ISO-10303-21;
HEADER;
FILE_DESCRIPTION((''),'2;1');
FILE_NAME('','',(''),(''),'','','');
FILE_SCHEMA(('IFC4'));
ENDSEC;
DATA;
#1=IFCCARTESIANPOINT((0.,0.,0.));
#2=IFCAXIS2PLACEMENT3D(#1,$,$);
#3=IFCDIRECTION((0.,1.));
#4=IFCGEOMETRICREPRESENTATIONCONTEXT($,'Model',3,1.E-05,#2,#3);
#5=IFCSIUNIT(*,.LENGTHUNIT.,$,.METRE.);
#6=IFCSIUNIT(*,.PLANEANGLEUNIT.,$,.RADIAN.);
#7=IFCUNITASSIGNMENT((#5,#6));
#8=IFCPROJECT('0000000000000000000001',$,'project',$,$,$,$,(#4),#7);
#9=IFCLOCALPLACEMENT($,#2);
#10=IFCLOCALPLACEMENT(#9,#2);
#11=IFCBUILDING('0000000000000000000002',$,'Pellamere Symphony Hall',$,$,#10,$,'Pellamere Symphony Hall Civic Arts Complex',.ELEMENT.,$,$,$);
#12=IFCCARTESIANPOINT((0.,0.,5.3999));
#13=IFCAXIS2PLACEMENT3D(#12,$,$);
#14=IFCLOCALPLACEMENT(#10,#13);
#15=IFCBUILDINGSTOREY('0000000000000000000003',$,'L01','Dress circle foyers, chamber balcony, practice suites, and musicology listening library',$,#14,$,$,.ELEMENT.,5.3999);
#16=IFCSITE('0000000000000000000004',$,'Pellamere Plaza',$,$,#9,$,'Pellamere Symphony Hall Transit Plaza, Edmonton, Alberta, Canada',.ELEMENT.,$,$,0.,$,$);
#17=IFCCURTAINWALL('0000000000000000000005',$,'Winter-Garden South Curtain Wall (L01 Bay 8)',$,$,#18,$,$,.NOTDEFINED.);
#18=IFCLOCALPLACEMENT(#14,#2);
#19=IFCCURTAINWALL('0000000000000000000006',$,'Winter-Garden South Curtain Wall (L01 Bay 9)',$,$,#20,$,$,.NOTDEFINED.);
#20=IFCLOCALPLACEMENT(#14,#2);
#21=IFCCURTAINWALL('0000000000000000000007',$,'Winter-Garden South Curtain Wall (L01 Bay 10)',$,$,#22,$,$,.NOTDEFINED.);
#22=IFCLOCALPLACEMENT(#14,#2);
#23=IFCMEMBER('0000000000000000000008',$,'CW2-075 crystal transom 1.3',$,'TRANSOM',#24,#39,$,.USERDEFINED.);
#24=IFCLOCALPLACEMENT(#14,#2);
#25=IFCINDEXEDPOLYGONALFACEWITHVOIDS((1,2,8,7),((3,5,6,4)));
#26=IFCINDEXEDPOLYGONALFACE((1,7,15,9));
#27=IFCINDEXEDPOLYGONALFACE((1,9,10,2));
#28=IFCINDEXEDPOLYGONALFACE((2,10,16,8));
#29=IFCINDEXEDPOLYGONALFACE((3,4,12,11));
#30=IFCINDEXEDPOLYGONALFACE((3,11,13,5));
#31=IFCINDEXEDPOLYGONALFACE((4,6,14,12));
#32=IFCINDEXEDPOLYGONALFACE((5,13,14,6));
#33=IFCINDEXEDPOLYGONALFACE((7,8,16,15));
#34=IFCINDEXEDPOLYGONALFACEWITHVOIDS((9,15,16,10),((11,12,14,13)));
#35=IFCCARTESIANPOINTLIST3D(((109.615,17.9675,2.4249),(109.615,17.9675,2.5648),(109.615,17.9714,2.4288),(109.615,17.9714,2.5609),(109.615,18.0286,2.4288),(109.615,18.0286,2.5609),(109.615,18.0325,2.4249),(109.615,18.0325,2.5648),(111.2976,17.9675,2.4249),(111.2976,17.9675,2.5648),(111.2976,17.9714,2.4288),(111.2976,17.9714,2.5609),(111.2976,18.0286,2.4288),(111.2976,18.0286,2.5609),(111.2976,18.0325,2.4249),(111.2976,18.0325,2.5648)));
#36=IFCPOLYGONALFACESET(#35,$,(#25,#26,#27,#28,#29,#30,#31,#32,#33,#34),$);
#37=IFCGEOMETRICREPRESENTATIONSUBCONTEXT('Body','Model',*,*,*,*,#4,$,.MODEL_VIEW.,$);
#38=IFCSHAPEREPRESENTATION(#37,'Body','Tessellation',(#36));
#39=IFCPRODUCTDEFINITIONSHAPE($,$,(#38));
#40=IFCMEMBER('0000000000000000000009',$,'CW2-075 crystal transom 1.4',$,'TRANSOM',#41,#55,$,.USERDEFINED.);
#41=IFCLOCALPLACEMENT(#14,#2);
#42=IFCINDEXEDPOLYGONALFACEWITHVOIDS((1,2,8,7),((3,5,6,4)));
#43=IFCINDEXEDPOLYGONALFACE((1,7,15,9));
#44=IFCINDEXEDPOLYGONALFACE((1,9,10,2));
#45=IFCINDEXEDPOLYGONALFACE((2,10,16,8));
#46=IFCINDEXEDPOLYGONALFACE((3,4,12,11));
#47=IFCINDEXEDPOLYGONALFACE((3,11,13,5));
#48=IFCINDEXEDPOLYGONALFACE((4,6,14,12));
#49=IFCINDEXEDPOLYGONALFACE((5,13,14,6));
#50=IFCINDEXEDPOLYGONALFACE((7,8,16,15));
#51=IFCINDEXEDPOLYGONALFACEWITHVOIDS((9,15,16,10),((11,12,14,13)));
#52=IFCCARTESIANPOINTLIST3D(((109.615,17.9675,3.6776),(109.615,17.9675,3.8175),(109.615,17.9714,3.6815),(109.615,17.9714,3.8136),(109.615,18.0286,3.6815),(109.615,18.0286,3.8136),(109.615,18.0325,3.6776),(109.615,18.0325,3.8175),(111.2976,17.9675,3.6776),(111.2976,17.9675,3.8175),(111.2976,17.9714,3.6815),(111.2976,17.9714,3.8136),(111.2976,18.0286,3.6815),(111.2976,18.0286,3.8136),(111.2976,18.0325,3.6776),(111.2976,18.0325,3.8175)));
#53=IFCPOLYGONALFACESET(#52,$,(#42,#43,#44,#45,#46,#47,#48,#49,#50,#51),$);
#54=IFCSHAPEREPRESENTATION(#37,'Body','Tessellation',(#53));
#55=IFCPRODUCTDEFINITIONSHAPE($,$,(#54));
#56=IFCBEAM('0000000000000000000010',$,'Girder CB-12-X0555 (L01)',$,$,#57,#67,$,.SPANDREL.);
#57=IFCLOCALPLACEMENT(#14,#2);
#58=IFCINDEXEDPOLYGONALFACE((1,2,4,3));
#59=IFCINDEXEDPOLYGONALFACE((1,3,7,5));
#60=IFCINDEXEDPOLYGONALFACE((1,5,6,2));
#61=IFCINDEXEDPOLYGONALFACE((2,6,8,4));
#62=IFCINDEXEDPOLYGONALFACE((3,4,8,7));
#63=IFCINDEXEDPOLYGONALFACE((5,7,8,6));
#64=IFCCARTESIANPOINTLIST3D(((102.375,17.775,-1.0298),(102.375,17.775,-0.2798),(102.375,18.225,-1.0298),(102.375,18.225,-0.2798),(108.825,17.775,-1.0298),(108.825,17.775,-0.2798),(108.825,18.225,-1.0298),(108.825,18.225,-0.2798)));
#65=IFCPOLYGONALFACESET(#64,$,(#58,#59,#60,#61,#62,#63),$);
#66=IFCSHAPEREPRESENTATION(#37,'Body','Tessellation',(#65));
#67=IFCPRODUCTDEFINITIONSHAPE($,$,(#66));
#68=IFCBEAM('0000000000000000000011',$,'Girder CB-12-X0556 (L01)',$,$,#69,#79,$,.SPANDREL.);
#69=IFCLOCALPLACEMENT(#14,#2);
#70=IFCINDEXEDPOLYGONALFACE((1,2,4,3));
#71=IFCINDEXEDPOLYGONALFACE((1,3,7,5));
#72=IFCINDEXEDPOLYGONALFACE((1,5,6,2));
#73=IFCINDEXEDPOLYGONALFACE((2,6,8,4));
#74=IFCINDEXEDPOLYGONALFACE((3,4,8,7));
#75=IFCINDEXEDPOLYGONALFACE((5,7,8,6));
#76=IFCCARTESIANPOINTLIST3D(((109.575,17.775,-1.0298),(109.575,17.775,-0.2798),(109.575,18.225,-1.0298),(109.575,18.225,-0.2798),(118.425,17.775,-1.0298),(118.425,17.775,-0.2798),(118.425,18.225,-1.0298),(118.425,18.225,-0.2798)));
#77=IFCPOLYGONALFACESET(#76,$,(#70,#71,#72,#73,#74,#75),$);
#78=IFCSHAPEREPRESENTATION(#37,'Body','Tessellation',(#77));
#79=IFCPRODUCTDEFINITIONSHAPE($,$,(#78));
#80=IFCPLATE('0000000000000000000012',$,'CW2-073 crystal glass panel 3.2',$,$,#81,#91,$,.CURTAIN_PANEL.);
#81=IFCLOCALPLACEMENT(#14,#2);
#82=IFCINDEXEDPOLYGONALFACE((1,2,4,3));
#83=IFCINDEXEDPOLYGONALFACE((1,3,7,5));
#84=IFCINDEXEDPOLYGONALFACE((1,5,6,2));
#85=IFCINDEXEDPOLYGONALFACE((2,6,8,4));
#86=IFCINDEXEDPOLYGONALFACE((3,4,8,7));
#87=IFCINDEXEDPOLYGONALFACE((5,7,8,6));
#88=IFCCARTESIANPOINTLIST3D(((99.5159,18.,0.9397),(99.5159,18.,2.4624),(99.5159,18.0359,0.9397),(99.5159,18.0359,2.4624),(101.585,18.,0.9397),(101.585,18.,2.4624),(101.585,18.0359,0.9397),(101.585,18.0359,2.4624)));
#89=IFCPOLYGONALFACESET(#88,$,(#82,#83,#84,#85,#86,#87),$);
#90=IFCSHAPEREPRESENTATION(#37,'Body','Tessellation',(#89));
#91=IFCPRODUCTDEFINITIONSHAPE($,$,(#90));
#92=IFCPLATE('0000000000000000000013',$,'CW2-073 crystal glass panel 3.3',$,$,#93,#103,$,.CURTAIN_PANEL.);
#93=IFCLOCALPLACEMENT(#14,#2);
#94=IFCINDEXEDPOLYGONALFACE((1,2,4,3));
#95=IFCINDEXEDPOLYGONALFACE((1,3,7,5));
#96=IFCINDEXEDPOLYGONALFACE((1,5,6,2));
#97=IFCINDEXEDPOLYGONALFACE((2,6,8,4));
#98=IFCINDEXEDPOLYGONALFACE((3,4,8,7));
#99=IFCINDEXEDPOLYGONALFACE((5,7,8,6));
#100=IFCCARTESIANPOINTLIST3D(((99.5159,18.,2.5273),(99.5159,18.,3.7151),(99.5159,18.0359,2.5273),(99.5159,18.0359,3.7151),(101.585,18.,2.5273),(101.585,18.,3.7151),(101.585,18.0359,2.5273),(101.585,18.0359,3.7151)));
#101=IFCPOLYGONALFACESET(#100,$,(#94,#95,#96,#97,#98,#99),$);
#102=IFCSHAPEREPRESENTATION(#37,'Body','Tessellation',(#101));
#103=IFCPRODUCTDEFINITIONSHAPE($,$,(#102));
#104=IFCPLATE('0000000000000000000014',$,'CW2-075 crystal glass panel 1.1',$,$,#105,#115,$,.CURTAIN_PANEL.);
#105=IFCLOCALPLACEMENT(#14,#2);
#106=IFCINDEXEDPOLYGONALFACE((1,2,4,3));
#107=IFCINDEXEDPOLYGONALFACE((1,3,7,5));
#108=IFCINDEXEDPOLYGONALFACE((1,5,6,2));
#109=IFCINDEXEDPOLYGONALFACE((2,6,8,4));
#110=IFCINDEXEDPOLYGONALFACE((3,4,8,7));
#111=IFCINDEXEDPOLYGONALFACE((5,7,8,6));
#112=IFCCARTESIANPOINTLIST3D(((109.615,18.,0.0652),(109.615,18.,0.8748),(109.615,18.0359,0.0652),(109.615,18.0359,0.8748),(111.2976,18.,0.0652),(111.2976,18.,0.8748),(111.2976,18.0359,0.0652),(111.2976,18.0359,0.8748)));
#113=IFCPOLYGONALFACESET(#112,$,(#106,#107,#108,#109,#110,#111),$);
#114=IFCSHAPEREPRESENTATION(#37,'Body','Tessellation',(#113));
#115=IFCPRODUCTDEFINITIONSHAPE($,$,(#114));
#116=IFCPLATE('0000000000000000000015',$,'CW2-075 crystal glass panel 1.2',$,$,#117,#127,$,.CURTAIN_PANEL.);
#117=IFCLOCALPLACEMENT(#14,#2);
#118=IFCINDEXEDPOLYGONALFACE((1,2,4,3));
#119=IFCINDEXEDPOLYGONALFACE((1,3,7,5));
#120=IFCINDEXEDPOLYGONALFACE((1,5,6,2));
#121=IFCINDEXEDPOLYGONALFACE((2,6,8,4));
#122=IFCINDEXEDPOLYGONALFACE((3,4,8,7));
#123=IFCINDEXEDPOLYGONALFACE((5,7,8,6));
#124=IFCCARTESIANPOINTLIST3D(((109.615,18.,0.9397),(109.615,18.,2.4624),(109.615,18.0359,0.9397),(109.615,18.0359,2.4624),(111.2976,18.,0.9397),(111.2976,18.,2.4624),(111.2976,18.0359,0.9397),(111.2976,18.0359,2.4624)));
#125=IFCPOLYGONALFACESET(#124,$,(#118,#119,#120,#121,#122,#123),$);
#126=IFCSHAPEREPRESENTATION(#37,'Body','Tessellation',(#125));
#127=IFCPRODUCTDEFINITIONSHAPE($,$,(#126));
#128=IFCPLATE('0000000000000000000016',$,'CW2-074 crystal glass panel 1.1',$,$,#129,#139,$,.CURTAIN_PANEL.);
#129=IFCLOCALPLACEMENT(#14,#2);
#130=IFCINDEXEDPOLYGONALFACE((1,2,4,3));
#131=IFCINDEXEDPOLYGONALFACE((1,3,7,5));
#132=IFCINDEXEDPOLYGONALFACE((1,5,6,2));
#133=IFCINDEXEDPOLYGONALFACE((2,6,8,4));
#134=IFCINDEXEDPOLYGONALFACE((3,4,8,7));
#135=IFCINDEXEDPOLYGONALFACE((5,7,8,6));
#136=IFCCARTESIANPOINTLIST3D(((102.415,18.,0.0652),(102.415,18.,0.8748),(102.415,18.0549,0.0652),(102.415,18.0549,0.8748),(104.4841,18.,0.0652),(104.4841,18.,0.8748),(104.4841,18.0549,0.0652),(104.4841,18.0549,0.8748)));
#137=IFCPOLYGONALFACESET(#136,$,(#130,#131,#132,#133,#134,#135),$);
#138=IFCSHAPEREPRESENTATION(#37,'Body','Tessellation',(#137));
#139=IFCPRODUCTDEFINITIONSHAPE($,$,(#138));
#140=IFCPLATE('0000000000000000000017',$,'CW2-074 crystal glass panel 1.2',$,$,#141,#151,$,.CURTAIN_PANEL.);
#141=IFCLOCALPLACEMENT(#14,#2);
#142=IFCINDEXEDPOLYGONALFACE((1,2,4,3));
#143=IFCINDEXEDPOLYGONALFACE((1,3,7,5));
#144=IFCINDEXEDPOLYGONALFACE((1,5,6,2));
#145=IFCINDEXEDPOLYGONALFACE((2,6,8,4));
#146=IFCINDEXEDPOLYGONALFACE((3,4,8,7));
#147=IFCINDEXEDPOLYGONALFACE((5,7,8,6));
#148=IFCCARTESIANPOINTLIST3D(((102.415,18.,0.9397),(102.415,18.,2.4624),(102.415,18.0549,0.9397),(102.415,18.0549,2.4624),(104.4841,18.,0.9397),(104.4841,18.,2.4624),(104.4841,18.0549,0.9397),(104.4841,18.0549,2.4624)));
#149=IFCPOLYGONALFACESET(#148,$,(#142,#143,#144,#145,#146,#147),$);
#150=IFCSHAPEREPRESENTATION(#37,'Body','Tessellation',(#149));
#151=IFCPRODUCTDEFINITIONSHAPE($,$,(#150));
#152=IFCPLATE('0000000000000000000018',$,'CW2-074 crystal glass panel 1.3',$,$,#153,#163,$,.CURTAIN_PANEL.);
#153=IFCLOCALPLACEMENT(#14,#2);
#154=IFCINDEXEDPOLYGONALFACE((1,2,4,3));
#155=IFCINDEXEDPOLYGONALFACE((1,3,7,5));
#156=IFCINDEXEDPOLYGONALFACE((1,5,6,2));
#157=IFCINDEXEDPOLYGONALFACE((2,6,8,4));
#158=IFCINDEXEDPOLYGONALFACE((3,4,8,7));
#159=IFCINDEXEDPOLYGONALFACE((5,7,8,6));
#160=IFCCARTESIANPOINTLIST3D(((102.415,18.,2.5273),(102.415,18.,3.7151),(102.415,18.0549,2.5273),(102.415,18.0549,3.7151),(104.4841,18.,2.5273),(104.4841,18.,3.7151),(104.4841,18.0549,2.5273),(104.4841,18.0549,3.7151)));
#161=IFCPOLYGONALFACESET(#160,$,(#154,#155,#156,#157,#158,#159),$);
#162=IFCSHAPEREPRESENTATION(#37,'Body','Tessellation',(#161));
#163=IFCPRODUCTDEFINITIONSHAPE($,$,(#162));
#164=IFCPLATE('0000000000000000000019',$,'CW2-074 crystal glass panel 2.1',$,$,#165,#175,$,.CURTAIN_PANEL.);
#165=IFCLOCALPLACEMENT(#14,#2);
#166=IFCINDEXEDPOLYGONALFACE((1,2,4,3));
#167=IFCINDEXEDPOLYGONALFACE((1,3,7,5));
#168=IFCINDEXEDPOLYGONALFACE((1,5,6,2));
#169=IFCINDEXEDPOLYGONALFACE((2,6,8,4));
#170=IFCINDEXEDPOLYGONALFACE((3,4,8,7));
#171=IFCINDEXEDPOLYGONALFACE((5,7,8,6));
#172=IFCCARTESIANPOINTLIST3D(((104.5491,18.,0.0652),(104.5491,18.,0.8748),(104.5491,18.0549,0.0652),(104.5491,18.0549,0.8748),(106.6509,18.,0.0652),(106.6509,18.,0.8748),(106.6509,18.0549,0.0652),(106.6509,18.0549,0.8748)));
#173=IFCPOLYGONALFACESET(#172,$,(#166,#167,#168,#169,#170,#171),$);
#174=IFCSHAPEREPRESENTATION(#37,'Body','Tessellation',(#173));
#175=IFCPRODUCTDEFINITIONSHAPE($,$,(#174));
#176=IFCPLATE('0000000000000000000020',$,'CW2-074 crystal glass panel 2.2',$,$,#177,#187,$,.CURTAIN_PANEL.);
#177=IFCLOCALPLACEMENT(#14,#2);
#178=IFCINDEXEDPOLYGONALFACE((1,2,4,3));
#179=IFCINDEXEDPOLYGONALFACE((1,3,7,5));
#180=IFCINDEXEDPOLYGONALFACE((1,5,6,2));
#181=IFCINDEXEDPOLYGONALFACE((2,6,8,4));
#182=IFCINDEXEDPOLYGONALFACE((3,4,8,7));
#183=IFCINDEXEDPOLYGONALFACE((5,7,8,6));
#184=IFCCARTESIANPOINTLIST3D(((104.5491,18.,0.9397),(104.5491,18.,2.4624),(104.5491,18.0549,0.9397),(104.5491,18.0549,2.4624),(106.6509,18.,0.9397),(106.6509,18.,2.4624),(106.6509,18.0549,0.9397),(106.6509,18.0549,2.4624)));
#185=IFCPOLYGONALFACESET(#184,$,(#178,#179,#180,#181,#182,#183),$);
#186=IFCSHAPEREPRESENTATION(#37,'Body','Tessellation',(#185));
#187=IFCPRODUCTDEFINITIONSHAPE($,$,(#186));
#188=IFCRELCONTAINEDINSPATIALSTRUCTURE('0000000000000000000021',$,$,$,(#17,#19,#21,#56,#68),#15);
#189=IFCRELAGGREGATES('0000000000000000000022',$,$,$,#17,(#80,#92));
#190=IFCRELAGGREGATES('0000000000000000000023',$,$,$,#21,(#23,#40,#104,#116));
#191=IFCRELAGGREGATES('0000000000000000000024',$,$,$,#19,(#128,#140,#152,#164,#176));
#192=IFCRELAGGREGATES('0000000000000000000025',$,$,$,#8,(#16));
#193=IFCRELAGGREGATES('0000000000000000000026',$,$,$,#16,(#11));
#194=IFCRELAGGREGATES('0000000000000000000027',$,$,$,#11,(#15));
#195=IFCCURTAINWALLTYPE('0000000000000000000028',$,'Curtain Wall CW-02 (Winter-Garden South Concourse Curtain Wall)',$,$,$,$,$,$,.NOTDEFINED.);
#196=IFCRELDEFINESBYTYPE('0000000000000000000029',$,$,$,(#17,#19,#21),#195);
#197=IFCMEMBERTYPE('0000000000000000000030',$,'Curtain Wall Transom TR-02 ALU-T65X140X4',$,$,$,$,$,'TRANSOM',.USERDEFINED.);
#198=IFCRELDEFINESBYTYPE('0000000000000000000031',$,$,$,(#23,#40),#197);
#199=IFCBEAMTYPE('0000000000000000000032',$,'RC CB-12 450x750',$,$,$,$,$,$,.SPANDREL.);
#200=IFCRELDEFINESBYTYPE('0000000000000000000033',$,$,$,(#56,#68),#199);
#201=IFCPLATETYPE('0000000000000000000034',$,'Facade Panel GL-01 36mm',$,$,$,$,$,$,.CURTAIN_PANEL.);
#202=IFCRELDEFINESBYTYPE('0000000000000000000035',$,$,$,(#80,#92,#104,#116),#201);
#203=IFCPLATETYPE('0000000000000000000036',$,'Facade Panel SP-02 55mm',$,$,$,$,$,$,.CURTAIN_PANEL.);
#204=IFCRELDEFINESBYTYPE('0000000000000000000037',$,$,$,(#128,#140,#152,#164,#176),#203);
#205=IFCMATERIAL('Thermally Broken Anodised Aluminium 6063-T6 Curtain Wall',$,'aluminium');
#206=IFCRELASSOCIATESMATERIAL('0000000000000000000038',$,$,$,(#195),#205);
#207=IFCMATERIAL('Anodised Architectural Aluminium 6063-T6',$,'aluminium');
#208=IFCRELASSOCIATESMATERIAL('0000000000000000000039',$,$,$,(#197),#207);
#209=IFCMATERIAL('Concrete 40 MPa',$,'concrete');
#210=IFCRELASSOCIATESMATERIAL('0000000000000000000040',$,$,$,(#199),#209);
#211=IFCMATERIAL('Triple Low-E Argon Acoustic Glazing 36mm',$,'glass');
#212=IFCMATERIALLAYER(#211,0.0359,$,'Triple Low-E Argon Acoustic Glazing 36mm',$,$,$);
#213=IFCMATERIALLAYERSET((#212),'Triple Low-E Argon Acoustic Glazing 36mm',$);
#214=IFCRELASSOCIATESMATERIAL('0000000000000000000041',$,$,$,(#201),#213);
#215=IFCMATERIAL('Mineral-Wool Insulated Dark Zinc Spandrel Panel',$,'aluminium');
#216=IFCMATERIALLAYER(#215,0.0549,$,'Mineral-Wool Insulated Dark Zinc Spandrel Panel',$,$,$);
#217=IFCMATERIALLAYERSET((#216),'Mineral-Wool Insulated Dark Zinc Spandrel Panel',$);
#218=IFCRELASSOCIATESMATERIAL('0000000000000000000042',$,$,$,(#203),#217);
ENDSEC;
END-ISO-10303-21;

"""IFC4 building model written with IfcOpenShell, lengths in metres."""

from ifc_helpers import new_model, si_unit, direction, frame, origin, origin_2d, place, context, subcontext, project, spatial, polyline, rectangle, hollow_rectangle, outline, extrude, material, layer, layer_set, material_profile, profile_set, type_object, element, aggregate, save


model = new_model("IFC4")

# Units and contexts
model_context = context("Model", 3, precision=1e-05, world=origin(), true_north=direction((0.0, 1.0)))
body_context = subcontext(model_context, "Body", "Model", "MODEL_VIEW")
ifc_project = project(units=[si_unit("LENGTHUNIT", "METRE"), si_unit("PLANEANGLEUNIT", "RADIAN")], contexts=[model_context])

# Site, building, storey
site_placement = place(None, origin())
site = spatial("IfcSite", under=ifc_project, at=site_placement, Name="Pellamere Plaza", LongName="Pellamere Symphony Hall Transit Plaza, Edmonton, Alberta, Canada", CompositionType="ELEMENT", RefElevation=0.0)
building_placement = place(site_placement, origin())
building = spatial("IfcBuilding", under=site, at=building_placement, Name="Pellamere Symphony Hall", LongName="Pellamere Symphony Hall Civic Arts Complex", CompositionType="ELEMENT")
storey_placement = place(building_placement, frame((0.0, 0.0, 5.3999)))
storey = spatial("IfcBuildingStorey", under=building, at=storey_placement, Name="L01", Description="Dress circle foyers, chamber balcony, practice suites, and musicology listening library", CompositionType="ELEMENT", Elevation=5.3999)

# Shared definitions
ifc_material_1 = material(Name="Concrete 40 MPa", Category="concrete")

# Curtain wall
ifc_material_2 = material(Name="Thermally Broken Anodised Aluminium 6063-T6 Curtain Wall", Category="aluminium")
curtain_wall_type = type_object("IfcCurtainWallType", Name="Curtain Wall CW-02 (Winter-Garden South Concourse Curtain Wall)", PredefinedType="NOTDEFINED", material=ifc_material_2)
curtain_wall_1_placement = place(storey_placement, origin())
curtain_wall_1 = element("IfcCurtainWall", 1, at=curtain_wall_1_placement, inside=storey, type_object=curtain_wall_type, Name="Winter-Garden South Curtain Wall (L01 Bay 8)", PredefinedType="NOTDEFINED")
ifc_material_3 = material(Name="Anodised Architectural Aluminium 6063-T6", Category="aluminium")

# Curtain wall
curtain_wall_2_placement = place(storey_placement, origin())
curtain_wall_2 = element("IfcCurtainWall", 2, at=curtain_wall_2_placement, inside=storey, type_object=curtain_wall_type, Name="Winter-Garden South Curtain Wall (L01 Bay 9)", PredefinedType="NOTDEFINED")

# Curtain wall
curtain_wall_3_placement = place(storey_placement, origin())
curtain_wall_3 = element("IfcCurtainWall", 3, at=curtain_wall_3_placement, inside=storey, type_object=curtain_wall_type, Name="Winter-Garden South Curtain Wall (L01 Bay 10)", PredefinedType="NOTDEFINED")

# Members
ifc_material_profile_1 = material_profile(ifc_material_3, hollow_rectangle(XDim=0.0649, YDim=0.1399, WallThickness=0.0039, at=origin_2d()), Name="ALU-T65X140X4")
ifc_profile_set_1 = profile_set([ifc_material_profile_1], Name="Anodised Architectural Aluminium 6063-T6")
member_type_1 = type_object("IfcMemberType", Name="Curtain Wall Transom TR-02 ALU-T65X140X4", ElementType="TRANSOM", PredefinedType="USERDEFINED", material=ifc_profile_set_1)
member_1_placement = place(storey_placement, frame((109.615, 18.0, 2.4949), z_axis=(1.0, 0.0, 0.0), x_axis=(0.0, 1.0, 0.0)))
member_1 = element("IfcMember", 4, at=member_1_placement, type_object=member_type_1, Name="CW2-075 crystal transom 1.3", ObjectType="TRANSOM", PredefinedType="USERDEFINED", context=body_context, shape_type="SweptSolid", body=[
    extrude(hollow_rectangle(XDim=0.0649, YDim=0.1399, WallThickness=0.0039, at=origin_2d()), origin(), (0.0, 0.0, 1.0), 1.6826),
])
member_2_placement = place(storey_placement, frame((109.615, 18.0, 3.7476), z_axis=(1.0, 0.0, 0.0), x_axis=(0.0, 1.0, 0.0)))
member_2 = element("IfcMember", 5, at=member_2_placement, type_object=member_type_1, Name="CW2-075 crystal transom 1.4", ObjectType="TRANSOM", PredefinedType="USERDEFINED", context=body_context, shape_type="SweptSolid", body=[
    extrude(hollow_rectangle(XDim=0.0649, YDim=0.1399, WallThickness=0.0039, at=origin_2d()), origin(), (0.0, 0.0, 1.0), 1.6826),
])

# Beams
ifc_material_profile_2 = material_profile(ifc_material_1, rectangle(XDim=0.45, YDim=0.75, at=origin_2d()), Name="RC 450x750")
ifc_profile_set_2 = profile_set([ifc_material_profile_2], Name="Concrete 40 MPa")
beam_type = type_object("IfcBeamType", Name="RC CB-12 450x750", PredefinedType="SPANDREL", material=ifc_profile_set_2)
beam_1_placement = place(storey_placement, frame((102.375, 18.0, -0.6548), z_axis=(1.0, 0.0, 0.0), x_axis=(0.0, 1.0, 0.0)))
element("IfcBeam", 6, at=beam_1_placement, inside=storey, type_object=beam_type, Name="Girder CB-12-X0555 (L01)", PredefinedType="SPANDREL", context=body_context, shape_type="SweptSolid", body=[
    extrude(rectangle(XDim=0.45, YDim=0.75, at=origin_2d()), origin(), (0.0, 0.0, 1.0), 6.45),
])
beam_2_placement = place(storey_placement, frame((109.575, 18.0, -0.6548), z_axis=(1.0, 0.0, 0.0), x_axis=(0.0, 1.0, 0.0)))
element("IfcBeam", 7, at=beam_2_placement, inside=storey, type_object=beam_type, Name="Girder CB-12-X0556 (L01)", PredefinedType="SPANDREL", context=body_context, shape_type="SweptSolid", body=[
    extrude(rectangle(XDim=0.45, YDim=0.75, at=origin_2d()), origin(), (0.0, 0.0, 1.0), 8.8501),
])

# Plates
ifc_material_4 = material(Name="Triple Low-E Argon Acoustic Glazing 36mm", Category="glass")
ifc_layer_1 = layer(ifc_material_4, 0.0359, Name="Triple Low-E Argon Acoustic Glazing 36mm")
ifc_layer_set_1 = layer_set([ifc_layer_1], Name="Triple Low-E Argon Acoustic Glazing 36mm")
plate_type_1 = type_object("IfcPlateType", Name="Facade Panel GL-01 36mm", PredefinedType="CURTAIN_PANEL", material=ifc_layer_set_1)
plate_1_placement = place(storey_placement, frame((99.5159, 18.0, 0.9397), z_axis=(0.0, -1.0, 0.0), x_axis=(1.0, 0.0, 0.0)))
plate_1 = element("IfcPlate", 8, at=plate_1_placement, type_object=plate_type_1, Name="CW2-073 crystal glass panel 3.2", PredefinedType="CURTAIN_PANEL", context=body_context, shape_type="SweptSolid", body=[
    extrude(outline(polyline([(0.0, 0.0), (2.0691, 0.0), (2.0691, 1.5227), (0.0, 1.5227), (0.0, 0.0)])), origin(), (0.0, 0.0, -1.0), 0.0359),
])
plate_2_placement = place(storey_placement, frame((99.5159, 18.0, 2.5273), z_axis=(0.0, -1.0, 0.0), x_axis=(1.0, 0.0, 0.0)))
plate_2 = element("IfcPlate", 9, at=plate_2_placement, type_object=plate_type_1, Name="CW2-073 crystal glass panel 3.3", PredefinedType="CURTAIN_PANEL", context=body_context, shape_type="SweptSolid", body=[
    extrude(outline(polyline([(0.0, 0.0), (2.0691, 0.0), (2.0691, 1.1877), (0.0, 1.1877), (0.0, 0.0)])), origin(), (0.0, 0.0, -1.0), 0.0359),
])
aggregate(curtain_wall_1, [plate_1, plate_2])
plate_3_placement = place(storey_placement, frame((109.615, 18.0, 0.0652), z_axis=(0.0, -1.0, 0.0), x_axis=(1.0, 0.0, 0.0)))
plate_3 = element("IfcPlate", 10, at=plate_3_placement, type_object=plate_type_1, Name="CW2-075 crystal glass panel 1.1", PredefinedType="CURTAIN_PANEL", context=body_context, shape_type="SweptSolid", body=[
    extrude(outline(polyline([(0.0, 0.0), (1.6826, 0.0), (1.6826, 0.8096), (0.0, 0.8096), (0.0, 0.0)])), origin(), (0.0, 0.0, -1.0), 0.0359),
])
plate_4_placement = place(storey_placement, frame((109.615, 18.0, 0.9397), z_axis=(0.0, -1.0, 0.0), x_axis=(1.0, 0.0, 0.0)))
plate_4 = element("IfcPlate", 11, at=plate_4_placement, type_object=plate_type_1, Name="CW2-075 crystal glass panel 1.2", PredefinedType="CURTAIN_PANEL", context=body_context, shape_type="SweptSolid", body=[
    extrude(outline(polyline([(0.0, 0.0), (1.6826, 0.0), (1.6826, 1.5227), (0.0, 1.5227), (0.0, 0.0)])), origin(), (0.0, 0.0, -1.0), 0.0359),
])
aggregate(curtain_wall_3, [member_1, member_2, plate_3, plate_4])
ifc_material_5 = material(Name="Mineral-Wool Insulated Dark Zinc Spandrel Panel", Category="aluminium")
ifc_layer_2 = layer(ifc_material_5, 0.0549, Name="Mineral-Wool Insulated Dark Zinc Spandrel Panel")
ifc_layer_set_2 = layer_set([ifc_layer_2], Name="Mineral-Wool Insulated Dark Zinc Spandrel Panel")
plate_type_2 = type_object("IfcPlateType", Name="Facade Panel SP-02 55mm", PredefinedType="CURTAIN_PANEL", material=ifc_layer_set_2)
plate_5_placement = place(storey_placement, frame((102.415, 18.0, 0.0652), z_axis=(0.0, -1.0, 0.0), x_axis=(1.0, 0.0, 0.0)))
plate_5 = element("IfcPlate", 12, at=plate_5_placement, type_object=plate_type_2, Name="CW2-074 crystal glass panel 1.1", PredefinedType="CURTAIN_PANEL", context=body_context, shape_type="SweptSolid", body=[
    extrude(outline(polyline([(0.0, 0.0), (2.0691, 0.0), (2.0691, 0.8096), (0.0, 0.8096), (0.0, 0.0)])), origin(), (0.0, 0.0, -1.0), 0.0549),
])
plate_6_placement = place(storey_placement, frame((102.415, 18.0, 0.9397), z_axis=(0.0, -1.0, 0.0), x_axis=(1.0, 0.0, 0.0)))
plate_6 = element("IfcPlate", 13, at=plate_6_placement, type_object=plate_type_2, Name="CW2-074 crystal glass panel 1.2", PredefinedType="CURTAIN_PANEL", context=body_context, shape_type="SweptSolid", body=[
    extrude(outline(polyline([(0.0, 0.0), (2.0691, 0.0), (2.0691, 1.5227), (0.0, 1.5227), (0.0, 0.0)])), origin(), (0.0, 0.0, -1.0), 0.0549),
])
plate_7_placement = place(storey_placement, frame((102.415, 18.0, 2.5273), z_axis=(0.0, -1.0, 0.0), x_axis=(1.0, 0.0, 0.0)))
plate_7 = element("IfcPlate", 14, at=plate_7_placement, type_object=plate_type_2, Name="CW2-074 crystal glass panel 1.3", PredefinedType="CURTAIN_PANEL", context=body_context, shape_type="SweptSolid", body=[
    extrude(outline(polyline([(0.0, 0.0), (2.0691, 0.0), (2.0691, 1.1877), (0.0, 1.1877), (0.0, 0.0)])), origin(), (0.0, 0.0, -1.0), 0.0549),
])
plate_8_placement = place(storey_placement, frame((104.5491, 18.0, 0.0652), z_axis=(0.0, -1.0, 0.0), x_axis=(1.0, 0.0, 0.0)))
plate_8 = element("IfcPlate", 15, at=plate_8_placement, type_object=plate_type_2, Name="CW2-074 crystal glass panel 2.1", PredefinedType="CURTAIN_PANEL", context=body_context, shape_type="SweptSolid", body=[
    extrude(outline(polyline([(0.0, 0.0), (2.1018, 0.0), (2.1018, 0.8096), (0.0, 0.8096), (0.0, 0.0)])), origin(), (0.0, 0.0, -1.0), 0.0549),
])
plate_9_placement = place(storey_placement, frame((104.5491, 18.0, 0.9397), z_axis=(0.0, -1.0, 0.0), x_axis=(1.0, 0.0, 0.0)))
plate_9 = element("IfcPlate", 16, at=plate_9_placement, type_object=plate_type_2, Name="CW2-074 crystal glass panel 2.2", PredefinedType="CURTAIN_PANEL", context=body_context, shape_type="SweptSolid", body=[
    extrude(outline(polyline([(0.0, 0.0), (2.1018, 0.0), (2.1018, 1.5227), (0.0, 1.5227), (0.0, 0.0)])), origin(), (0.0, 0.0, -1.0), 0.0549),
])
aggregate(curtain_wall_2, [plate_5, plate_6, plate_7, plate_8, plate_9])

save(model, "model.ifc")
